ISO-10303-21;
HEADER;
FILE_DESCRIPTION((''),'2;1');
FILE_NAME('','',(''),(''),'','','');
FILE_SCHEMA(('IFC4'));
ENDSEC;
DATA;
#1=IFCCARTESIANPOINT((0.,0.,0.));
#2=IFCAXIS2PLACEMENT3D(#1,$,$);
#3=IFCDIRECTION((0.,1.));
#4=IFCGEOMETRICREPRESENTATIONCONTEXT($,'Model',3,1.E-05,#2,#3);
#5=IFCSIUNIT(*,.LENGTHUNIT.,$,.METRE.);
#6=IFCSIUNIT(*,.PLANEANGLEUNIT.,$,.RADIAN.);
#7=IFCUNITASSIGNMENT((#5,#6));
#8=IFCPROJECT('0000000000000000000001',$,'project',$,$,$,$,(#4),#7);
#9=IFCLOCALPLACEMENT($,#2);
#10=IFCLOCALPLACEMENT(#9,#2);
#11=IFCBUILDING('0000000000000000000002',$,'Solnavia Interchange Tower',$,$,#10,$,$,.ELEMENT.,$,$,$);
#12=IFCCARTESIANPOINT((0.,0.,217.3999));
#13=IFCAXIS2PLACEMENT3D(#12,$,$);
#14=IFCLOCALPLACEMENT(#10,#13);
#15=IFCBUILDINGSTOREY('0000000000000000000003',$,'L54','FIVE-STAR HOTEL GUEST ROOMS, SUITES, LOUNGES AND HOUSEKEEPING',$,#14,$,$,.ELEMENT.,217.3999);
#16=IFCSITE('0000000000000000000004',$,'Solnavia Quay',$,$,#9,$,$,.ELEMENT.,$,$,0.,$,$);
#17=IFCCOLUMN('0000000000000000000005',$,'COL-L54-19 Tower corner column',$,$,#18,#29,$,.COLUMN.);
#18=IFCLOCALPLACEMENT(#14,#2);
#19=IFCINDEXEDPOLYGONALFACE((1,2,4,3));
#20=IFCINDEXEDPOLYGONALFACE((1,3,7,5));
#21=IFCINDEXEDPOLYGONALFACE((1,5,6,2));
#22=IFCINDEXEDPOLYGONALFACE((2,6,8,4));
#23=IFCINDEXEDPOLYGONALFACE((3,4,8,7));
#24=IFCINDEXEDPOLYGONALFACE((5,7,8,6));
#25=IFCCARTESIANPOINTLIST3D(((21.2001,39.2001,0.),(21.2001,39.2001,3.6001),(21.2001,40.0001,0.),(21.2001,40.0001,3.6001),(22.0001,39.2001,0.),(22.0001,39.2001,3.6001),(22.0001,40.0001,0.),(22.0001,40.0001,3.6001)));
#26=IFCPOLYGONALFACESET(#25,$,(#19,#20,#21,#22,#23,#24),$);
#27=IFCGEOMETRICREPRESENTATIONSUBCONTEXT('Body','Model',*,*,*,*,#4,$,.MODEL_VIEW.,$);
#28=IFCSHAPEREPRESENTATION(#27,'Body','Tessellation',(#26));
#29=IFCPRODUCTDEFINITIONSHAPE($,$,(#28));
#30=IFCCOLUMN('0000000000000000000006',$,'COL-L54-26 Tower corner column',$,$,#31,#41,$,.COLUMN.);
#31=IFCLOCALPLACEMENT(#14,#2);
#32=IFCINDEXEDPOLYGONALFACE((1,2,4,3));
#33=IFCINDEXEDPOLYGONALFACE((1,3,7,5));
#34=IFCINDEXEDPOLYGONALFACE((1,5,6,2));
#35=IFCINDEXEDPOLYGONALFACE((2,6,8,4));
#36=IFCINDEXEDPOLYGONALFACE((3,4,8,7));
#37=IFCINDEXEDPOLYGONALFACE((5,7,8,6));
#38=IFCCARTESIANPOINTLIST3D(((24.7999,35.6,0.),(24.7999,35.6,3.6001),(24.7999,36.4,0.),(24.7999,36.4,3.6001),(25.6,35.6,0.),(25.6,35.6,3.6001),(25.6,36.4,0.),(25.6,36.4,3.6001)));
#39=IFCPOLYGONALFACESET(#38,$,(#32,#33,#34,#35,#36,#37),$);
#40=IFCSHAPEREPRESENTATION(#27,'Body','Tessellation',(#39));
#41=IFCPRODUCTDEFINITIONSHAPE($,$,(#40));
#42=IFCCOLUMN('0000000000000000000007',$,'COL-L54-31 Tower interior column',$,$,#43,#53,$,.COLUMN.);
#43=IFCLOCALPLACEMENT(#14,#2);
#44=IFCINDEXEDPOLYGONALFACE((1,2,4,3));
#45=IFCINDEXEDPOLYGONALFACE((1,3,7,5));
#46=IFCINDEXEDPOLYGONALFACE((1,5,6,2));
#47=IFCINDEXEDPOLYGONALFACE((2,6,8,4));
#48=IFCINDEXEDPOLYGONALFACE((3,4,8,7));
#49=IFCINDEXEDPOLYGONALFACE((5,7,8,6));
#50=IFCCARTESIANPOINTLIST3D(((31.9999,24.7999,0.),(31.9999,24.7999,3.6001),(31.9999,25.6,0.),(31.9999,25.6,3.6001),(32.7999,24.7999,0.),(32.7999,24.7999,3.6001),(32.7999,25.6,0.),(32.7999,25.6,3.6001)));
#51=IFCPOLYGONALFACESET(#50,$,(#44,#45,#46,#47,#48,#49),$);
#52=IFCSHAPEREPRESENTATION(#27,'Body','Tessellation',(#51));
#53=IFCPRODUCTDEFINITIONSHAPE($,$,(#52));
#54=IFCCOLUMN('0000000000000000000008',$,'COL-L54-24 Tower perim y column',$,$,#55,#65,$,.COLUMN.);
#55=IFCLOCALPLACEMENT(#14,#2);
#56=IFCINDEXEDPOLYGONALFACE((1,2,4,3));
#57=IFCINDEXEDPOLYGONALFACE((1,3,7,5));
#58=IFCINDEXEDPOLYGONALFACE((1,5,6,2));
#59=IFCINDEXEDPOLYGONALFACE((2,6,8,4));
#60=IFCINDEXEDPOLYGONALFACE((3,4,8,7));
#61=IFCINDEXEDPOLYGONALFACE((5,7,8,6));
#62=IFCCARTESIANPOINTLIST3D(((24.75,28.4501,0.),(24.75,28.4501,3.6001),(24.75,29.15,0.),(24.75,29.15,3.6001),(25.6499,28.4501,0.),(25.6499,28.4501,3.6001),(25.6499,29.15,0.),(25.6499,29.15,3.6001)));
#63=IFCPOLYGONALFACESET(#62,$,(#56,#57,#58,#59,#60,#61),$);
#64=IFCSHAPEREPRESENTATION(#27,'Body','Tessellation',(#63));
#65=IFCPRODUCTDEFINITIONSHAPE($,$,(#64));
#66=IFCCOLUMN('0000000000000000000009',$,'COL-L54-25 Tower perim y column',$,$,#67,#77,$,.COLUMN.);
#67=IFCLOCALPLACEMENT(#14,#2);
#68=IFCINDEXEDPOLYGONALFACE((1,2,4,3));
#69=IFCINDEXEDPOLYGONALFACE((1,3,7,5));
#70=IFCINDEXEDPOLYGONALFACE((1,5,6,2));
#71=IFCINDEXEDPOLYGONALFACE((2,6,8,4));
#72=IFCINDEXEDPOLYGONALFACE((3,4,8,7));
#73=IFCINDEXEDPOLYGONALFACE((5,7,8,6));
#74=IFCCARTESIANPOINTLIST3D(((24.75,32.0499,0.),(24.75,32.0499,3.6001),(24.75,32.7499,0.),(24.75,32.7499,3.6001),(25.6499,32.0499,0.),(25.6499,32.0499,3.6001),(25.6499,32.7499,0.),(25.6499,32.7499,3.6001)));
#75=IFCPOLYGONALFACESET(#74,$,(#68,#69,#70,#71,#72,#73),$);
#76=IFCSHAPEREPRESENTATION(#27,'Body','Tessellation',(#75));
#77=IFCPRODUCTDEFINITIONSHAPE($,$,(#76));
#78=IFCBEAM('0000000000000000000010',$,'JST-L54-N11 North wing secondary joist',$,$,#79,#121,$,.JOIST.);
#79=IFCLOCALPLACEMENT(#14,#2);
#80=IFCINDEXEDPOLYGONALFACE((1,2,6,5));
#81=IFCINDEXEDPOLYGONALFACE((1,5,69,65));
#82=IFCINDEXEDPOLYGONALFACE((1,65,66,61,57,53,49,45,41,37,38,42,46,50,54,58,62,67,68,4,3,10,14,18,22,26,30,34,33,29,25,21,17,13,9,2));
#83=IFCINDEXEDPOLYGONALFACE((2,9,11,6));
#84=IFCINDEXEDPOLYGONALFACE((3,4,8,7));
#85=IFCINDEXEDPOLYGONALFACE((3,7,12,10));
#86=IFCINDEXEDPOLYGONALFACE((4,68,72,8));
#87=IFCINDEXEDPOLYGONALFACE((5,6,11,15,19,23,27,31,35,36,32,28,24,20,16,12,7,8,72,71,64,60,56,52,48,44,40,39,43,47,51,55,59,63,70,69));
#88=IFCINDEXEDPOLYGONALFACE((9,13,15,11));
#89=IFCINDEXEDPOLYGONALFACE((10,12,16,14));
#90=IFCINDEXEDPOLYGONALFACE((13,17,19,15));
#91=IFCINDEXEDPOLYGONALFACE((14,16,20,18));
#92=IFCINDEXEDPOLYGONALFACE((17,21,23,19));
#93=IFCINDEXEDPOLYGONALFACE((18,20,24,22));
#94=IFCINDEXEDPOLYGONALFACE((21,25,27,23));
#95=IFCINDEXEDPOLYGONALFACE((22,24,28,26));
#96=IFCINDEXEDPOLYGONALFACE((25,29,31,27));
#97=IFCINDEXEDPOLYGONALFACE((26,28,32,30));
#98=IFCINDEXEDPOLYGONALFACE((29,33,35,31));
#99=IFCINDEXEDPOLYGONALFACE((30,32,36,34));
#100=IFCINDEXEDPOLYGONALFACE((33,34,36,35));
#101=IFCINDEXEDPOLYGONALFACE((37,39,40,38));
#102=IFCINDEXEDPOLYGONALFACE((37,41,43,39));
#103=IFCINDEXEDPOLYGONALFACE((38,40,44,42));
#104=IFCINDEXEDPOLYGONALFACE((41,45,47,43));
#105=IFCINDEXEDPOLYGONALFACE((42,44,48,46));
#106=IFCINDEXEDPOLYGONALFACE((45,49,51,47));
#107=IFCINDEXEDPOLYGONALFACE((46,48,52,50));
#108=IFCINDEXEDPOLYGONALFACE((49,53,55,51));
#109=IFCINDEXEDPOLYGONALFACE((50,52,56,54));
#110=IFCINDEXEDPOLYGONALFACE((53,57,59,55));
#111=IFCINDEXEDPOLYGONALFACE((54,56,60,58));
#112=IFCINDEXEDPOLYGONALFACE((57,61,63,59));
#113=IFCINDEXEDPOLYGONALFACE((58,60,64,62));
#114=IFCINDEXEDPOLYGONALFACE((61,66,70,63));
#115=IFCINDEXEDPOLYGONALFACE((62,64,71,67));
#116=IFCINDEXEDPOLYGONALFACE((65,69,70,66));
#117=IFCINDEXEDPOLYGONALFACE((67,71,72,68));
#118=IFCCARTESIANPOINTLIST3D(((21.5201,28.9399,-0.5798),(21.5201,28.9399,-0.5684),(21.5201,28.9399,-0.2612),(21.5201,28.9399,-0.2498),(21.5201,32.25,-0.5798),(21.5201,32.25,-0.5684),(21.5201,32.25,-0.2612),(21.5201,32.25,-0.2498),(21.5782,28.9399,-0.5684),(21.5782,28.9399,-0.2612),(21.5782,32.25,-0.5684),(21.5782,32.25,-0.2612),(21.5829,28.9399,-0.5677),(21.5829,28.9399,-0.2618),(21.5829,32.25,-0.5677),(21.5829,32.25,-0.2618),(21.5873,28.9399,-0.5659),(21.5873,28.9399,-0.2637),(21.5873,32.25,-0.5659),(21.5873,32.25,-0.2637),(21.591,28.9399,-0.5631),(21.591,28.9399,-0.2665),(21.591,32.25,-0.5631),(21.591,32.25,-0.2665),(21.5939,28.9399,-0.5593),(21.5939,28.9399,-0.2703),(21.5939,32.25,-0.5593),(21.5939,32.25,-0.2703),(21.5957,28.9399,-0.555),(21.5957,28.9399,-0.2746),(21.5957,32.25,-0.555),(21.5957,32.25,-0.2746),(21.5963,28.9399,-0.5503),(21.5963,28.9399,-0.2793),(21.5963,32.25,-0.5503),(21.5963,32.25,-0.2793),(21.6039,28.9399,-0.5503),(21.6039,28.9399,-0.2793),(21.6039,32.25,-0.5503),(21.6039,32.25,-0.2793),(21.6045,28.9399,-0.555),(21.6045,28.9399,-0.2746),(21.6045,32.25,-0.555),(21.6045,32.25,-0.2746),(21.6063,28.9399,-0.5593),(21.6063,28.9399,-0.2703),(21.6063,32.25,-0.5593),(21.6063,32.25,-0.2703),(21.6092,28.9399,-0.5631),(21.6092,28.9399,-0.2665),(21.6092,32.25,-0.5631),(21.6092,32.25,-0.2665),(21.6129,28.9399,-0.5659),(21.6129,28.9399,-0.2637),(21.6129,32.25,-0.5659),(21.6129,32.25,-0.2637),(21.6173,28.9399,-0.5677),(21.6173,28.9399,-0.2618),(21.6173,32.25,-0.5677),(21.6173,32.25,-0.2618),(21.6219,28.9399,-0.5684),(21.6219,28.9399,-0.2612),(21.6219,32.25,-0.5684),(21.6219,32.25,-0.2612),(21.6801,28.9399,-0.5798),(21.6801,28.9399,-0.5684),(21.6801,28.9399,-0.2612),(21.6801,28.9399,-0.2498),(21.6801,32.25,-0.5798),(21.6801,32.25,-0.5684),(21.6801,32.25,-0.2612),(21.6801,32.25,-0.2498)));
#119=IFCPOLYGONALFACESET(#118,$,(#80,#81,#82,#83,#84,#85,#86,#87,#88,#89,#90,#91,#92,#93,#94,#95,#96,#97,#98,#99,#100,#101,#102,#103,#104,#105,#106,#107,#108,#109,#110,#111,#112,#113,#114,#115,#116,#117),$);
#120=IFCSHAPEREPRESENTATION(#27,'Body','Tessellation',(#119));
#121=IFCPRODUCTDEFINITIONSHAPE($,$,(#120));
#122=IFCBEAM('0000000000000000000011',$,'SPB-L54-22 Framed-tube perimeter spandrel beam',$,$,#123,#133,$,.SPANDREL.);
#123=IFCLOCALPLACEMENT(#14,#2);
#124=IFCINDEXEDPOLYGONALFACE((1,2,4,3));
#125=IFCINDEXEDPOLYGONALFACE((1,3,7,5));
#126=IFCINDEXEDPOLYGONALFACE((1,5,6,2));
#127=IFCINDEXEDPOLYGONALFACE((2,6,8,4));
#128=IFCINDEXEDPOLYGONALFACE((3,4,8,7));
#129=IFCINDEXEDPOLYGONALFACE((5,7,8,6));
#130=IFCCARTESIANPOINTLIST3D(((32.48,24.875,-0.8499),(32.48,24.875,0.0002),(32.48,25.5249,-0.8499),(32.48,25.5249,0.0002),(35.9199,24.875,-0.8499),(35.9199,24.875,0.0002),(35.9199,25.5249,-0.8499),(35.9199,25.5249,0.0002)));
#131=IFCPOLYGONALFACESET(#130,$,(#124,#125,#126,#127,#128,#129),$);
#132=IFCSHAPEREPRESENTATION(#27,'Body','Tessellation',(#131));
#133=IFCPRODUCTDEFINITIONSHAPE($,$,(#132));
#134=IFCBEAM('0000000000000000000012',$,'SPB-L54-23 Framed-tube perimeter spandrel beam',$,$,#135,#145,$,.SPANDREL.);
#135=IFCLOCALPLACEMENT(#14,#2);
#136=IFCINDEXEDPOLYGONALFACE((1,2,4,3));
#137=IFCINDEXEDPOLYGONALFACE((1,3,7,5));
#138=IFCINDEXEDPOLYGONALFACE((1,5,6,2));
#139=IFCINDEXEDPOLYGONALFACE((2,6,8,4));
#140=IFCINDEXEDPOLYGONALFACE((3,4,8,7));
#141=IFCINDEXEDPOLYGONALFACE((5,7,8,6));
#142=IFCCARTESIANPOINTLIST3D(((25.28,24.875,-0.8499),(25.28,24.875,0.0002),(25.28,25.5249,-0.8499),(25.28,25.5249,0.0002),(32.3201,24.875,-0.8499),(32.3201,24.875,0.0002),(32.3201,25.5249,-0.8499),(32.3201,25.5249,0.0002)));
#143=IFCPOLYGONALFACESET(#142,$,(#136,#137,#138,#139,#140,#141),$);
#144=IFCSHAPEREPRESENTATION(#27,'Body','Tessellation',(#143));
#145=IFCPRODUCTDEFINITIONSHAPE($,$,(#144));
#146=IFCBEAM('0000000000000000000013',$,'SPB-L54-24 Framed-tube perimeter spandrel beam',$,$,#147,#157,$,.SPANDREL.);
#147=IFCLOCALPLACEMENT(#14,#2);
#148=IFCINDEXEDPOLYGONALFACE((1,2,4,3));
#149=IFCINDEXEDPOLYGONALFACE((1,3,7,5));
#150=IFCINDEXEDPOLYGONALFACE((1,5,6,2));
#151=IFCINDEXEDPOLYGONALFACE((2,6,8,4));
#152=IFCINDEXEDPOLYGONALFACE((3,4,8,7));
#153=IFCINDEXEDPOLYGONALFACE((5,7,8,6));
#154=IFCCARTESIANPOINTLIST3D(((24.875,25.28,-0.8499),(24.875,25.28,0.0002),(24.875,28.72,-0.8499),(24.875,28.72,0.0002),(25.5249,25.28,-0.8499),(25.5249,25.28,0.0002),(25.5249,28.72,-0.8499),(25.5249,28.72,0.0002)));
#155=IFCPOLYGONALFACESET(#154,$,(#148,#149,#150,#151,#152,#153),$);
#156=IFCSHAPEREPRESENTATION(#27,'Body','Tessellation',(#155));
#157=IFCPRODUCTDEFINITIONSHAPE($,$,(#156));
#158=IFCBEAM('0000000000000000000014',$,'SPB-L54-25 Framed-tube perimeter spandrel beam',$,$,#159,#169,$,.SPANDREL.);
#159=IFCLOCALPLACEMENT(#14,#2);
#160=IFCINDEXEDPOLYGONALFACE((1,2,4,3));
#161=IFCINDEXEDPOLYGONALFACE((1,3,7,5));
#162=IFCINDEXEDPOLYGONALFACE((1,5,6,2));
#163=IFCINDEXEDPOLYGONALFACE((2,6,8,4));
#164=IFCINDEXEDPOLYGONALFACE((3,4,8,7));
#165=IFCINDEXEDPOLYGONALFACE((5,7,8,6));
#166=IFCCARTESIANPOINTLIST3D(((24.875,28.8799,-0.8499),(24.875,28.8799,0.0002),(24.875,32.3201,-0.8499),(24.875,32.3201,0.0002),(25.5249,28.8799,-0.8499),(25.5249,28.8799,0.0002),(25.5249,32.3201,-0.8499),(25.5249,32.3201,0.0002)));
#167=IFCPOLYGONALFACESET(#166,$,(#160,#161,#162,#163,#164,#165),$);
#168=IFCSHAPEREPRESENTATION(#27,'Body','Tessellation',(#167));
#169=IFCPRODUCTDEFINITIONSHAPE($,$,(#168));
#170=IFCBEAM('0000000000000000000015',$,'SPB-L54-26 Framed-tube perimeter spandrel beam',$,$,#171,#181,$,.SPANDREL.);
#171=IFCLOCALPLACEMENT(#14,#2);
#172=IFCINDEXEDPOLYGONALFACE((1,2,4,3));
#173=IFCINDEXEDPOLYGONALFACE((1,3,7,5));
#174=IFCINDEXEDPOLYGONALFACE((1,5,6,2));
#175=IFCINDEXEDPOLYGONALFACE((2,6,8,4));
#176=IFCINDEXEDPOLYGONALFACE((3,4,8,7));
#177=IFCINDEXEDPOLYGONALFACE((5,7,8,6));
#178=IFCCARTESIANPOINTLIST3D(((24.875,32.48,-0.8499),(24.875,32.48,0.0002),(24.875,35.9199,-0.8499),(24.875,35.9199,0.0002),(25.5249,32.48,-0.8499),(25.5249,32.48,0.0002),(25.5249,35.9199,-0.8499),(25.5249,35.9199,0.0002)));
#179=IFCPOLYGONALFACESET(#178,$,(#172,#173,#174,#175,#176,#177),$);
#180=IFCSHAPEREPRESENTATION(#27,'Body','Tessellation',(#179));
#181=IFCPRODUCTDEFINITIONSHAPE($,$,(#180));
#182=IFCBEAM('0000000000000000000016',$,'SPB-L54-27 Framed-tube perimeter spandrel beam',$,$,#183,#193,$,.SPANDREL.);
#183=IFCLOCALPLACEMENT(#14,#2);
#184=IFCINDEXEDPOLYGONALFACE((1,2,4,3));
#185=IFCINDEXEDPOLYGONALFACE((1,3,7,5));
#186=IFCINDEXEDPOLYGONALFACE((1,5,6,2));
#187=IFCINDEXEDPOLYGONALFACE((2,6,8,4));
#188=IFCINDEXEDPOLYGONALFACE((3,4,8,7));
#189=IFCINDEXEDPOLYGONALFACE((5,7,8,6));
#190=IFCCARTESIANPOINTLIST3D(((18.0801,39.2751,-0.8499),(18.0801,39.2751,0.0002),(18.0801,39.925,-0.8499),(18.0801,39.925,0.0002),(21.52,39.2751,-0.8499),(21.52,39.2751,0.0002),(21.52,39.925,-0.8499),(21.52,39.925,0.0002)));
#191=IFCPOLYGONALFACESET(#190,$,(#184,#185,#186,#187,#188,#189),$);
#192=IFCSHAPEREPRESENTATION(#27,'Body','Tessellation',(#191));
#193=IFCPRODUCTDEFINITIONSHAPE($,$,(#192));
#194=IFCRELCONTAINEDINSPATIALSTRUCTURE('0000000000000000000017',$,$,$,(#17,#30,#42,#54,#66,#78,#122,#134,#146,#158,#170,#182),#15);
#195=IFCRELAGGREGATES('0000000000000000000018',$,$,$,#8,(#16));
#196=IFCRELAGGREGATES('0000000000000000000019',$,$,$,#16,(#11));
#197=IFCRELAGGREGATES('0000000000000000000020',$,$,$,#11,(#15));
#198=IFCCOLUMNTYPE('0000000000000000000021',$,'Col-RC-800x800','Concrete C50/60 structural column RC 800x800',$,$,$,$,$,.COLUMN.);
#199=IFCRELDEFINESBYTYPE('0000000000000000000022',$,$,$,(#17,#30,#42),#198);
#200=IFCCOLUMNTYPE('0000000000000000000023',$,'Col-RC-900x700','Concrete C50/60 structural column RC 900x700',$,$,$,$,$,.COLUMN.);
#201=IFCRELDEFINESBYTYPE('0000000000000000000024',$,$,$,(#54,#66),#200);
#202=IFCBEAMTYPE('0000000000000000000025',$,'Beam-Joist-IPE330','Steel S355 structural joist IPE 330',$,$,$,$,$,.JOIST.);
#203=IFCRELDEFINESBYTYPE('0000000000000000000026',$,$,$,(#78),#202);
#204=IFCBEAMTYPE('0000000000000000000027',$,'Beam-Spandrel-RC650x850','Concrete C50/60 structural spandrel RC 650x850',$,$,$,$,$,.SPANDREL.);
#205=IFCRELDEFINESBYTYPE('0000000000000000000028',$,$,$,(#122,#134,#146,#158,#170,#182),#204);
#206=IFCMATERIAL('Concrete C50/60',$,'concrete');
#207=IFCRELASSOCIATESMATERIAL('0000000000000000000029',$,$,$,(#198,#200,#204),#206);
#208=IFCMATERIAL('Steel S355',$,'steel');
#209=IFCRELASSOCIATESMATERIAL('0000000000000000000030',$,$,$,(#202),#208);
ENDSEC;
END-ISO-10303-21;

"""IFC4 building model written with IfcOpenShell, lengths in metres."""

from ifc_helpers import new_model, si_unit, direction, frame, origin, origin_2d, place, context, subcontext, project, spatial, rectangle, i_section, extrude, material, material_profile, profile_set, type_object, element, save


model = new_model("IFC4")

# Units and contexts
model_context = context("Model", 3, precision=1e-05, world=origin(), true_north=direction((0.0, 1.0)))
body_context = subcontext(model_context, "Body", "Model", "MODEL_VIEW")
ifc_project = project(units=[si_unit("LENGTHUNIT", "METRE"), si_unit("PLANEANGLEUNIT", "RADIAN")], contexts=[model_context])

# Site, building, storey
site_placement = place(None, origin())
site = spatial("IfcSite", under=ifc_project, at=site_placement, Name="Solnavia Quay", CompositionType="ELEMENT", RefElevation=0.0)
building_placement = place(site_placement, origin())
building = spatial("IfcBuilding", under=site, at=building_placement, Name="Solnavia Interchange Tower", CompositionType="ELEMENT")
storey_placement = place(building_placement, frame((0.0, 0.0, 217.3999)))
storey = spatial("IfcBuildingStorey", under=building, at=storey_placement, Name="L54", Description="FIVE-STAR HOTEL GUEST ROOMS, SUITES, LOUNGES AND HOUSEKEEPING", CompositionType="ELEMENT", Elevation=217.3999)

# Columns
ifc_material_1 = material(Name="Concrete C50/60", Category="concrete")
ifc_material_profile_1 = material_profile(ifc_material_1, rectangle(XDim=0.8, YDim=0.8, at=origin_2d()), Name="RC 800x800")
ifc_profile_set_1 = profile_set([ifc_material_profile_1], Name="Concrete C50/60")
column_type_1 = type_object("IfcColumnType", Name="Col-RC-800x800", Description="Concrete C50/60 structural column RC 800x800", PredefinedType="COLUMN", material=ifc_profile_set_1)
for number, where, z_axis, x_axis, name in (
    (1, (21.6001, 39.6001, 0.0), (0.0, 0.0, 1.0), (1.0, 0.0, 0.0), "COL-L54-19 Tower corner column"),
    (2, (25.2, 36.0, 0.0), (0.0, 0.0, 1.0), (0.0, 1.0, 0.0), "COL-L54-26 Tower corner column"),
    (3, (32.3999, 25.2, 0.0), (0.0, 0.0, 1.0), (1.0, 0.0, 0.0), "COL-L54-31 Tower interior column"),
):
    element("IfcColumn", number, at=place(storey_placement, frame(where, z_axis=z_axis, x_axis=x_axis)), inside=storey, type_object=column_type_1, Name=name, PredefinedType="COLUMN", context=body_context, shape_type="SweptSolid", body=[
        extrude(rectangle(XDim=0.8, YDim=0.8, at=origin_2d()), origin(), (0.0, 0.0, 1.0), 3.6001),
    ])
ifc_material_profile_2 = material_profile(ifc_material_1, rectangle(XDim=0.7, YDim=0.8999, at=origin_2d()), Name="RC 900x700")
ifc_profile_set_2 = profile_set([ifc_material_profile_2], Name="Concrete C50/60")
column_type_2 = type_object("IfcColumnType", Name="Col-RC-900x700", Description="Concrete C50/60 structural column RC 900x700", PredefinedType="COLUMN", material=ifc_profile_set_2)
for number, where, z_axis, x_axis, name in (
    (4, (25.2, 28.8, 0.0), (0.0, 0.0, 1.0), (0.0, 1.0, 0.0), "COL-L54-24 Tower perim y column"),
    (5, (25.2, 32.3999, 0.0), (0.0, 0.0, 1.0), (0.0, 1.0, 0.0), "COL-L54-25 Tower perim y column"),
):
    element("IfcColumn", number, at=place(storey_placement, frame(where, z_axis=z_axis, x_axis=x_axis)), inside=storey, type_object=column_type_2, Name=name, PredefinedType="COLUMN", context=body_context, shape_type="SweptSolid", body=[
        extrude(rectangle(XDim=0.7, YDim=0.8999, at=origin_2d()), origin(), (0.0, 0.0, 1.0), 3.6001),
    ])

# Beams
ifc_material_2 = material(Name="Steel S355", Category="steel")
ifc_material_profile_3 = material_profile(ifc_material_2, i_section(OverallWidth=0.1599, OverallDepth=0.3301, WebThickness=0.0076, FlangeThickness=0.0115, FilletRadius=0.0181, at=origin_2d()), Name="IPE 330")
ifc_profile_set_3 = profile_set([ifc_material_profile_3], Name="Steel S355")
beam_type_1 = type_object("IfcBeamType", Name="Beam-Joist-IPE330", Description="Steel S355 structural joist IPE 330", PredefinedType="JOIST", material=ifc_profile_set_3)
beam_1_placement = place(storey_placement, frame((21.6001, 28.9399, -0.4148), z_axis=(0.0, 1.0, 0.0), x_axis=(-1.0, 0.0, 0.0)))
element("IfcBeam", 6, at=beam_1_placement, inside=storey, type_object=beam_type_1, Name="JST-L54-N11 North wing secondary joist", PredefinedType="JOIST", context=body_context, shape_type="SweptSolid", body=[
    extrude(i_section(OverallWidth=0.1599, OverallDepth=0.3301, WebThickness=0.0076, FlangeThickness=0.0115, FilletRadius=0.0181, at=origin_2d()), origin(), (0.0, 0.0, 1.0), 3.3101),
])
ifc_material_profile_4 = material_profile(ifc_material_1, rectangle(XDim=0.6499, YDim=0.8501, at=origin_2d()), Name="RC 650x850")
ifc_profile_set_4 = profile_set([ifc_material_profile_4], Name="Concrete C50/60")
beam_type_2 = type_object("IfcBeamType", Name="Beam-Spandrel-RC650x850", Description="Concrete C50/60 structural spandrel RC 650x850", PredefinedType="SPANDREL", material=ifc_profile_set_4)
beam_2_placement = place(storey_placement, frame((35.9199, 25.2, -0.4248), z_axis=(-1.0, 0.0, 0.0), x_axis=(0.0, -1.0, 0.0)))
element("IfcBeam", 7, at=beam_2_placement, inside=storey, type_object=beam_type_2, Name="SPB-L54-22 Framed-tube perimeter spandrel beam", PredefinedType="SPANDREL", context=body_context, shape_type="SweptSolid", body=[
    extrude(rectangle(XDim=0.6499, YDim=0.8501, at=origin_2d()), origin(), (0.0, 0.0, 1.0), 3.4399),
])
beam_3_placement = place(storey_placement, frame((32.3201, 25.2, -0.4248), z_axis=(-1.0, 0.0, 0.0), x_axis=(0.0, -1.0, 0.0)))
element("IfcBeam", 8, at=beam_3_placement, inside=storey, type_object=beam_type_2, Name="SPB-L54-23 Framed-tube perimeter spandrel beam", PredefinedType="SPANDREL", context=body_context, shape_type="SweptSolid", body=[
    extrude(rectangle(XDim=0.6499, YDim=0.8501, at=origin_2d()), origin(), (0.0, 0.0, 1.0), 7.04),
])
beam_4_placement = place(storey_placement, frame((25.2, 25.28, -0.4248), z_axis=(0.0, 1.0, 0.0), x_axis=(-1.0, 0.0, 0.0)))
element("IfcBeam", 9, at=beam_4_placement, inside=storey, type_object=beam_type_2, Name="SPB-L54-24 Framed-tube perimeter spandrel beam", PredefinedType="SPANDREL", context=body_context, shape_type="SweptSolid", body=[
    extrude(rectangle(XDim=0.6499, YDim=0.8501, at=origin_2d()), origin(), (0.0, 0.0, 1.0), 3.4399),
])
beam_5_placement = place(storey_placement, frame((25.2, 28.8799, -0.4248), z_axis=(0.0, 1.0, 0.0), x_axis=(-1.0, 0.0, 0.0)))
element("IfcBeam", 10, at=beam_5_placement, inside=storey, type_object=beam_type_2, Name="SPB-L54-25 Framed-tube perimeter spandrel beam", PredefinedType="SPANDREL", context=body_context, shape_type="SweptSolid", body=[
    extrude(rectangle(XDim=0.6499, YDim=0.8501, at=origin_2d()), origin(), (0.0, 0.0, 1.0), 3.4402),
])
for number, where, z_axis, x_axis, name in (
    (11, (25.2, 32.48, -0.4248), (0.0, 1.0, 0.0), (-1.0, 0.0, 0.0), "SPB-L54-26 Framed-tube perimeter spandrel beam"),
    (12, (21.52, 39.6001, -0.4248), (-1.0, 0.0, 0.0), (0.0, -1.0, 0.0), "SPB-L54-27 Framed-tube perimeter spandrel beam"),
):
    element("IfcBeam", number, at=place(storey_placement, frame(where, z_axis=z_axis, x_axis=x_axis)), inside=storey, type_object=beam_type_2, Name=name, PredefinedType="SPANDREL", context=body_context, shape_type="SweptSolid", body=[
        extrude(rectangle(XDim=0.6499, YDim=0.8501, at=origin_2d()), origin(), (0.0, 0.0, 1.0), 3.4399),
    ])

save(model, "model.ifc")
